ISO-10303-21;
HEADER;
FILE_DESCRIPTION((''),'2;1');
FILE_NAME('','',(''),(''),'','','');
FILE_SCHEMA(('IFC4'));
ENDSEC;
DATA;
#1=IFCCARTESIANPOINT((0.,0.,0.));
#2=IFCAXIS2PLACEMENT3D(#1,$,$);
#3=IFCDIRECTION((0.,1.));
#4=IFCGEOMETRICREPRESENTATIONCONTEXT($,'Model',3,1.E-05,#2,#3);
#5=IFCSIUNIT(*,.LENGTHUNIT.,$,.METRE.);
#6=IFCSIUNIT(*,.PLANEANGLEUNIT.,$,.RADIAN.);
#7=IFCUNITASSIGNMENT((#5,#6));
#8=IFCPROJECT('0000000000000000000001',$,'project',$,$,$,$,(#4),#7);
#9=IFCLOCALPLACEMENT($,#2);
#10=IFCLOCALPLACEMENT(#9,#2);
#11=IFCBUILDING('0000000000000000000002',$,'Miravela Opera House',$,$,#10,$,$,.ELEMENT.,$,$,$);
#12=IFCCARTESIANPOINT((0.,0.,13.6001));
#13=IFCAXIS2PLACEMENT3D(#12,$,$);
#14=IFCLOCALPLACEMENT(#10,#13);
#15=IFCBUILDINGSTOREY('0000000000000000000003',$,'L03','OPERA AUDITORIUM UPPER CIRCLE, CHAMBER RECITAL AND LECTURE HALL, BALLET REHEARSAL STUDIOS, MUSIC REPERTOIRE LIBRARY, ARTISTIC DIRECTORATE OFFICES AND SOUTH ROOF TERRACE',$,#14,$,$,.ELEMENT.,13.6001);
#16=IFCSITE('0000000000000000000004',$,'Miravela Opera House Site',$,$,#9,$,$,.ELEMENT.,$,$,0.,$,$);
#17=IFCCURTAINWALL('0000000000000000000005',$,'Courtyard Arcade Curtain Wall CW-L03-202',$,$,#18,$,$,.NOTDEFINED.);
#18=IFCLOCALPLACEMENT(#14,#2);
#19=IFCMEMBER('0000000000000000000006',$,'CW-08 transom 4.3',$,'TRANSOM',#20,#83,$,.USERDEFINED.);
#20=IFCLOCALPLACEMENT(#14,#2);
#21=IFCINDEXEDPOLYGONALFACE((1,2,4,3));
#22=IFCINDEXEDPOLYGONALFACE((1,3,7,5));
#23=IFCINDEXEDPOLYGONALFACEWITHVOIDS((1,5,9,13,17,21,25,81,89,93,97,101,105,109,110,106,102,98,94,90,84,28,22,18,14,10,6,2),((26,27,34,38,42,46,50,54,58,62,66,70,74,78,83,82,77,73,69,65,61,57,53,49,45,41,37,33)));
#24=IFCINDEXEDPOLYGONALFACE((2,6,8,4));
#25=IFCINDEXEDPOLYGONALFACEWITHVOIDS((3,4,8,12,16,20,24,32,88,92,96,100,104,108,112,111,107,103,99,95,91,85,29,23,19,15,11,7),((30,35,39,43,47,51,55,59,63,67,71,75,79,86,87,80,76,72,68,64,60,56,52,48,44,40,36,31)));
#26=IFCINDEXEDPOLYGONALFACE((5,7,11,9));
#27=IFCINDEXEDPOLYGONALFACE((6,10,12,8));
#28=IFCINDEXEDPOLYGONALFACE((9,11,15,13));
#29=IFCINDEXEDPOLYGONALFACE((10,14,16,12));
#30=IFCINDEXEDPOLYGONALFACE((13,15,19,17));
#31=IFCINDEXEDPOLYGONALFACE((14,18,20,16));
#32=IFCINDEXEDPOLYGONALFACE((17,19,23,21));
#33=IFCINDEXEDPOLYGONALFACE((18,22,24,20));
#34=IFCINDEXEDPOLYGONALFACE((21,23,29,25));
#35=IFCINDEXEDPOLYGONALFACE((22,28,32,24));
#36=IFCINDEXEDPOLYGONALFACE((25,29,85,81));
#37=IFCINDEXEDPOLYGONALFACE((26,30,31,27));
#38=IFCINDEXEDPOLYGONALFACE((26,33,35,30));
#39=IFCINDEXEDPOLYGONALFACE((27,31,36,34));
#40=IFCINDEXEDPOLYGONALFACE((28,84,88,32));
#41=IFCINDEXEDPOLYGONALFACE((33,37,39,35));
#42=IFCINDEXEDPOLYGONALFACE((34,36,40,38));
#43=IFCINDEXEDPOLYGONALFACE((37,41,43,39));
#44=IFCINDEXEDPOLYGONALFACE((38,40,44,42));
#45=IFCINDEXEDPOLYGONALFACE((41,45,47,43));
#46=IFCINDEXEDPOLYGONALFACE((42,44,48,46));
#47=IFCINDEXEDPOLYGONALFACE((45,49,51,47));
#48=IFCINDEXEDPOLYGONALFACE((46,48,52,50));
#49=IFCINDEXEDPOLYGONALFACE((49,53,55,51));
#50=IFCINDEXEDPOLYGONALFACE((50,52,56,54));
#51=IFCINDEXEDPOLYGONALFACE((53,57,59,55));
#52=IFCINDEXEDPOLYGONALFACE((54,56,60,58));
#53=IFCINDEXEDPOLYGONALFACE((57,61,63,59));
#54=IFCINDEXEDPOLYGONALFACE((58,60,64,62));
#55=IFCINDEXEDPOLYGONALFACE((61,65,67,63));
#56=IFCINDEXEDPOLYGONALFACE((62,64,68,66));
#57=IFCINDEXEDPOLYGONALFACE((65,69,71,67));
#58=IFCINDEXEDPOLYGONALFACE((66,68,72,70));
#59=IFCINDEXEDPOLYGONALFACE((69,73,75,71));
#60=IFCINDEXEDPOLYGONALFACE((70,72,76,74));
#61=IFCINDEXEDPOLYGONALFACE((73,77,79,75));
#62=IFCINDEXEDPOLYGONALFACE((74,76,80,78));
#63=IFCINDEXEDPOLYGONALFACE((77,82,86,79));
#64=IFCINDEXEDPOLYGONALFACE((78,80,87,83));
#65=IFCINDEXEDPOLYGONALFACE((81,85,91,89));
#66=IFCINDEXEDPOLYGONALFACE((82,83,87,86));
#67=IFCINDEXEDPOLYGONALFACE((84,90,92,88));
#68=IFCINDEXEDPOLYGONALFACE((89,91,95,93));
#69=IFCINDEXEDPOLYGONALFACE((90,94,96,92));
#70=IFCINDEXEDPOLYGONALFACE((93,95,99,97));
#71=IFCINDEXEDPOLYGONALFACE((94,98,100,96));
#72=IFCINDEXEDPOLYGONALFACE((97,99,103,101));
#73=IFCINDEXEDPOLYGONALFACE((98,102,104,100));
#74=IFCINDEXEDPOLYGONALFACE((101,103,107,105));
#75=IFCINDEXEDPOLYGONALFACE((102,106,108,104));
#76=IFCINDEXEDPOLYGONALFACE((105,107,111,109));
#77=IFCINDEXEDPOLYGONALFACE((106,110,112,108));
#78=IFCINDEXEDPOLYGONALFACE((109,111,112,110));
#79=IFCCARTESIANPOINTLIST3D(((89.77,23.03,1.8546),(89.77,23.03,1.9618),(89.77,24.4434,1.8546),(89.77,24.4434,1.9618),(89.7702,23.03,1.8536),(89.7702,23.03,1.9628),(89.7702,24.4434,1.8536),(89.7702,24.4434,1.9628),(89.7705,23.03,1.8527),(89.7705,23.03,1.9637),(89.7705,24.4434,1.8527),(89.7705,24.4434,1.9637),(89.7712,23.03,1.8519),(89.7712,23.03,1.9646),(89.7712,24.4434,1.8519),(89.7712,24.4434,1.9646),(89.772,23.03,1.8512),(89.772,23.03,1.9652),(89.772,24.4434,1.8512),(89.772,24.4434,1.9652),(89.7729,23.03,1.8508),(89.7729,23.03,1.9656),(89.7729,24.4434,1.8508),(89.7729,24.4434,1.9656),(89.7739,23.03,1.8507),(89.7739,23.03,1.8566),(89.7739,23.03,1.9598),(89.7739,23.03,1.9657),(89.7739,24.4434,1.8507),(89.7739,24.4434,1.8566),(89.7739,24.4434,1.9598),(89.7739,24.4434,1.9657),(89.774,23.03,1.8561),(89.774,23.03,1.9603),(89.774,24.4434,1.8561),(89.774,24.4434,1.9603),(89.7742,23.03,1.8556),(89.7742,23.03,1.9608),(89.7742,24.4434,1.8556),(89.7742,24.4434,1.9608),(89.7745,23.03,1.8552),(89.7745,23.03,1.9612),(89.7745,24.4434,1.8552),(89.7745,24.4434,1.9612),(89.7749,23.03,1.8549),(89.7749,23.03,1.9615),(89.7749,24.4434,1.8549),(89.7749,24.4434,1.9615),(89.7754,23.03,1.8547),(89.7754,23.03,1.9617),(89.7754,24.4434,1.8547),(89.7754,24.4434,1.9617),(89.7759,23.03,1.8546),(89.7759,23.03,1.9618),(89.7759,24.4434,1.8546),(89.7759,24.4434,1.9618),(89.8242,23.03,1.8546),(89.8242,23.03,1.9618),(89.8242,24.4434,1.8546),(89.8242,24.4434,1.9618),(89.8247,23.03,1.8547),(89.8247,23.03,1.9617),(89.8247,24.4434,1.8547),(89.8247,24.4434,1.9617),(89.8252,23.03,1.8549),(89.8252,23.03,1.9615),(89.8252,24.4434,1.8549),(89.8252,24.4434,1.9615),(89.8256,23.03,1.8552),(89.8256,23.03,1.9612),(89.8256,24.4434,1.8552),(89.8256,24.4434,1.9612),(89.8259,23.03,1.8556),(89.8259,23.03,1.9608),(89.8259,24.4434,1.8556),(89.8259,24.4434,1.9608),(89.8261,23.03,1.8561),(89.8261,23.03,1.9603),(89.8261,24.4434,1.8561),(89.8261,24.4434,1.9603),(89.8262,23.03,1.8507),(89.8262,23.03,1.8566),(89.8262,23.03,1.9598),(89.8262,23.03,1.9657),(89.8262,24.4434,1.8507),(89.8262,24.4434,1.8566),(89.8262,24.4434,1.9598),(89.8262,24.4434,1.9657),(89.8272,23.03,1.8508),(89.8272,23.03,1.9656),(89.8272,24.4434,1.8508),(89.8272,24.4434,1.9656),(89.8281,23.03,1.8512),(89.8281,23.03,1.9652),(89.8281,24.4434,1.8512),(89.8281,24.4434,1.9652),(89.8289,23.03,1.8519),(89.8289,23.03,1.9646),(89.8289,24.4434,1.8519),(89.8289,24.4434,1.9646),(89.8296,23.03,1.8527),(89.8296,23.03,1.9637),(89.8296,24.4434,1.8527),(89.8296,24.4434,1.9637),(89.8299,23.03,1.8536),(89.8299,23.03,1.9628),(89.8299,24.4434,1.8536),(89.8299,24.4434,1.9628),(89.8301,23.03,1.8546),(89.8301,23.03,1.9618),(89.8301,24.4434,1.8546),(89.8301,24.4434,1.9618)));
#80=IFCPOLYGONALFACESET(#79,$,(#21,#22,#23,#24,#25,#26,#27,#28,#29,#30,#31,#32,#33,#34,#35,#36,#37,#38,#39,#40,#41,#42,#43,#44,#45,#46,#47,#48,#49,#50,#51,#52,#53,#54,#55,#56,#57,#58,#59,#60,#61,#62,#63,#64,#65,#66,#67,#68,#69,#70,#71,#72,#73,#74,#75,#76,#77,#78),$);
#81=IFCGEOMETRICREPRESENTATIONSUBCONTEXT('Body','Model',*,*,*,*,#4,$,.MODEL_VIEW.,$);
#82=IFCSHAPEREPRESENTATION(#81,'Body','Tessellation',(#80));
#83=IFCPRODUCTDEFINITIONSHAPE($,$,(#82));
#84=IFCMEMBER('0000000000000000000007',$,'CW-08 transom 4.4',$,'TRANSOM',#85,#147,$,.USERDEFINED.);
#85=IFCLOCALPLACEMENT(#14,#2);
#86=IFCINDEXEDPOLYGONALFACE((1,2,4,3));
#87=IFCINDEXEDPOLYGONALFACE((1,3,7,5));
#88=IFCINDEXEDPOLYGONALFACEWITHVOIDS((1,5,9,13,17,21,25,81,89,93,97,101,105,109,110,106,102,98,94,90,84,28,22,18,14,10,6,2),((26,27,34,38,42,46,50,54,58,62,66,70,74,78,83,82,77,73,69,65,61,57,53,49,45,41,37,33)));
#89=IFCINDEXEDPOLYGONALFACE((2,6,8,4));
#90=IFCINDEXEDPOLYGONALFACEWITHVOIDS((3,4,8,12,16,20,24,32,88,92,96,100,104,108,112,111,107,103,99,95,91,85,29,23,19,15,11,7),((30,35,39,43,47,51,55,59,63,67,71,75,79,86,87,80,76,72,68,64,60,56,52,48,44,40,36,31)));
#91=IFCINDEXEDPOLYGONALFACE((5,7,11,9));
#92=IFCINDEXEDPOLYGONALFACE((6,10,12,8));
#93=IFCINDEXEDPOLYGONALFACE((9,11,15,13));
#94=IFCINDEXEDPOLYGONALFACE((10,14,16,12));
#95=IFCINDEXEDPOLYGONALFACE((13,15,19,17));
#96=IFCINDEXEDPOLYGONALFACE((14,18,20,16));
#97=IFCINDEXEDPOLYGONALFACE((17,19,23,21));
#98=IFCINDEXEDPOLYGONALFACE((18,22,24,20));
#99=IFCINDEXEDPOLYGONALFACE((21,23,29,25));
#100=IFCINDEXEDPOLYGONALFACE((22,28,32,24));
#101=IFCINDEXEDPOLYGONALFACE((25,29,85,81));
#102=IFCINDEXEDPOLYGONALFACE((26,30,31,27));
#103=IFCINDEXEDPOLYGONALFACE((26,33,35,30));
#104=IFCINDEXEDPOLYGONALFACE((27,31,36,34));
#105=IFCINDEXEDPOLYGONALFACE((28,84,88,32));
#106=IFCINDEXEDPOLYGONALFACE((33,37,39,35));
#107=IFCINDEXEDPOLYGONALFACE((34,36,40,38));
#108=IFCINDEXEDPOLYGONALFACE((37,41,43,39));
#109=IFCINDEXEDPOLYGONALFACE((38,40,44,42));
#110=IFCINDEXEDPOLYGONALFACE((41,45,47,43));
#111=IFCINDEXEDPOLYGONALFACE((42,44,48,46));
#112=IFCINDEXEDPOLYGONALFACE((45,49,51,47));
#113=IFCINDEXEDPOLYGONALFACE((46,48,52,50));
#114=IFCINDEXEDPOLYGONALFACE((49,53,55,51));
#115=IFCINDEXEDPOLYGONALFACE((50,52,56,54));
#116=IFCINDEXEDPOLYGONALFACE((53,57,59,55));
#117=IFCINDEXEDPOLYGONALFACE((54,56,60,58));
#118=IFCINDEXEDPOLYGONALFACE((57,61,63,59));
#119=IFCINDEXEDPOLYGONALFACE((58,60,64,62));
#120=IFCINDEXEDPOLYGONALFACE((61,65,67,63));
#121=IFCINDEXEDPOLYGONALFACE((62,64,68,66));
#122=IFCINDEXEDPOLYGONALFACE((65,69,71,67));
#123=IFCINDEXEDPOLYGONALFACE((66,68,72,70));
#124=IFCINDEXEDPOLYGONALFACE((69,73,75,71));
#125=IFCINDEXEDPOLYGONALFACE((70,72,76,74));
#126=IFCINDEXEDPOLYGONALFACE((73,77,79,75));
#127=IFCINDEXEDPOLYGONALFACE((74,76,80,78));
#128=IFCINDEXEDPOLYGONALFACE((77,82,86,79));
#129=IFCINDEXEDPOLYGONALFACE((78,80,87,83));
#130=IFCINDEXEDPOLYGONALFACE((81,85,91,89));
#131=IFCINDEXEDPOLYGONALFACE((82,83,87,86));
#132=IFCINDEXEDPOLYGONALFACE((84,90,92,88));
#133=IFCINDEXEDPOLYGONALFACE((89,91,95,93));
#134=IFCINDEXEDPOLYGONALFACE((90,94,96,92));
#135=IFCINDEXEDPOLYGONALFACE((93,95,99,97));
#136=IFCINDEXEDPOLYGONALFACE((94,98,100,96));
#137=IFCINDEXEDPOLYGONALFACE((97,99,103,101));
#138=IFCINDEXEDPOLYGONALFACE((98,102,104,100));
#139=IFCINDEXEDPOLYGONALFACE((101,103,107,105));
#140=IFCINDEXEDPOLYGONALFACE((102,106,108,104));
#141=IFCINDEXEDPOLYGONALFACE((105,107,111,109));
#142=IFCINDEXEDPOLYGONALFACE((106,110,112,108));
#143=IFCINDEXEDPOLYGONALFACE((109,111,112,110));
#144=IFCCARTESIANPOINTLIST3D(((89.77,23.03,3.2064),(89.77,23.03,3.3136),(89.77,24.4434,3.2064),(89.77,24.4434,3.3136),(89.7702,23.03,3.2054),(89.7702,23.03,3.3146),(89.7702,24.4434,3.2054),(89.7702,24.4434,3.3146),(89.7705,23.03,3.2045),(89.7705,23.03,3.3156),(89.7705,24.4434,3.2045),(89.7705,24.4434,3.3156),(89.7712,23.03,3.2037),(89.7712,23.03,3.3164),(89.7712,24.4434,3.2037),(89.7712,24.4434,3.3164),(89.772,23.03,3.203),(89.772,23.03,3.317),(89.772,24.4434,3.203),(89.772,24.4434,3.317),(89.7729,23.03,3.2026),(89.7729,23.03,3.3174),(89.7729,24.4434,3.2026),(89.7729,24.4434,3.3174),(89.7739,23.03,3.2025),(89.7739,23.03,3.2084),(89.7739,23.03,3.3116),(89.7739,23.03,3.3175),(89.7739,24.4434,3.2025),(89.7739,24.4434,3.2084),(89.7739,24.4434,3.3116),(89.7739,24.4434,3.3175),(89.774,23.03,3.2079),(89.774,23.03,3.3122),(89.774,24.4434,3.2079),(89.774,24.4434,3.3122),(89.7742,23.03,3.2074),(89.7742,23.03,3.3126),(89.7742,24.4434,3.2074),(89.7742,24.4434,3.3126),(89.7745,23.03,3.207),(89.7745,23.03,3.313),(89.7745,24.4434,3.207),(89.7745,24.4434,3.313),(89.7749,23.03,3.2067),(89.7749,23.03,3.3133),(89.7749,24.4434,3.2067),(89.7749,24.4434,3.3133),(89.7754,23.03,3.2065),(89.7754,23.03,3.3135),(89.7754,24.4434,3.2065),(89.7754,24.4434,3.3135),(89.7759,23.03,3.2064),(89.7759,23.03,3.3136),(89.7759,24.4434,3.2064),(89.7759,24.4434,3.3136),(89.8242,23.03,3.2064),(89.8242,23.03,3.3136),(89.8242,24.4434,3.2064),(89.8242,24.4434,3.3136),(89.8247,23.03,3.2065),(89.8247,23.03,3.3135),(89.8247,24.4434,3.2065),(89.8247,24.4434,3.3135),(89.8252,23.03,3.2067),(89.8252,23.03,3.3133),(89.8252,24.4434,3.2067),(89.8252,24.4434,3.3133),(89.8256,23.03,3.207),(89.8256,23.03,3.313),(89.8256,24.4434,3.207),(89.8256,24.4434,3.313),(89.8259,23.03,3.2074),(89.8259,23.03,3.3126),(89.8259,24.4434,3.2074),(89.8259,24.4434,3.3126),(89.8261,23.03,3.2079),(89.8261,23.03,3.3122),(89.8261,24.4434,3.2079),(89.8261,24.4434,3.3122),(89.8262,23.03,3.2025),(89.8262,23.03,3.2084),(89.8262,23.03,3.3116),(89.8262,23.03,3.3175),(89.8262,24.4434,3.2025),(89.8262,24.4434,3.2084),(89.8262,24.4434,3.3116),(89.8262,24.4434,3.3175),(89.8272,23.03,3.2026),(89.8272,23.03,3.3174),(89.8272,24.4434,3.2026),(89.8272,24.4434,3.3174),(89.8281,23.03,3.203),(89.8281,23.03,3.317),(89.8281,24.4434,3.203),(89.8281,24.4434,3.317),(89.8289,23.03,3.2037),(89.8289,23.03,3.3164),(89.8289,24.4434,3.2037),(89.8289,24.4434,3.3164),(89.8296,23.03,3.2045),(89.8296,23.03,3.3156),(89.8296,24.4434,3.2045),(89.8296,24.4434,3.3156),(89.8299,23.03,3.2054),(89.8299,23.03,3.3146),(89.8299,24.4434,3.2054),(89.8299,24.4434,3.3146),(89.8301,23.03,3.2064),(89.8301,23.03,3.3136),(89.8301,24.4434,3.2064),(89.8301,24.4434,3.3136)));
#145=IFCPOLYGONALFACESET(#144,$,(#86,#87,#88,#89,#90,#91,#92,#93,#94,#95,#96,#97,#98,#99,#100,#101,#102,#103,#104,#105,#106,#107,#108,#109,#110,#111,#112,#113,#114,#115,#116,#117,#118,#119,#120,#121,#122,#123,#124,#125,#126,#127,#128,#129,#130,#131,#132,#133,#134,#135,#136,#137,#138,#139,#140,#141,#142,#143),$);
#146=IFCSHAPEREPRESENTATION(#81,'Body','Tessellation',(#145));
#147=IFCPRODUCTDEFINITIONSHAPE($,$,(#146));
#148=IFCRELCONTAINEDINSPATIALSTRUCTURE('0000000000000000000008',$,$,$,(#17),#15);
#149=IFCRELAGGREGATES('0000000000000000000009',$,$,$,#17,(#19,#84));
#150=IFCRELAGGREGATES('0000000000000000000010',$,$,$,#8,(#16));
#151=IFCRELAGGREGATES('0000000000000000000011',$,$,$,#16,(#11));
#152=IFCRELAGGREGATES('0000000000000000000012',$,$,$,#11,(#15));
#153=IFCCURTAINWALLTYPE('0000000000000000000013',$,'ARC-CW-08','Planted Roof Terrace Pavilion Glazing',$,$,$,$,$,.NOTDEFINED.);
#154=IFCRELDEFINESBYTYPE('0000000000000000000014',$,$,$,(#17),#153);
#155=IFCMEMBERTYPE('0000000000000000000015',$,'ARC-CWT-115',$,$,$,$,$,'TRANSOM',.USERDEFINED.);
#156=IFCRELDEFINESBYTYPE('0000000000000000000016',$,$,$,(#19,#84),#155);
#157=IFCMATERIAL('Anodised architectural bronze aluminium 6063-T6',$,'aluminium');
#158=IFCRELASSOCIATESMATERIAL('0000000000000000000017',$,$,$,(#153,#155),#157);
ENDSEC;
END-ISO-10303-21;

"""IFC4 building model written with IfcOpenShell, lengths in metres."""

from ifc_helpers import new_model, si_unit, direction, frame, origin, origin_2d, place, context, subcontext, project, spatial, hollow_rectangle, extrude, material, material_profile, profile_set, type_object, element, aggregate, save


model = new_model("IFC4")

# Units and contexts
model_context = context("Model", 3, precision=1e-05, world=origin(), true_north=direction((0.0, 1.0)))
body_context = subcontext(model_context, "Body", "Model", "MODEL_VIEW")
ifc_project = project(units=[si_unit("LENGTHUNIT", "METRE"), si_unit("PLANEANGLEUNIT", "RADIAN")], contexts=[model_context])

# Site, building, storey
site_placement = place(None, origin())
site = spatial("IfcSite", under=ifc_project, at=site_placement, Name="Miravela Opera House Site", CompositionType="ELEMENT", RefElevation=0.0)
building_placement = place(site_placement, origin())
building = spatial("IfcBuilding", under=site, at=building_placement, Name="Miravela Opera House", CompositionType="ELEMENT")
storey_placement = place(building_placement, frame((0.0, 0.0, 13.6001)))
storey = spatial("IfcBuildingStorey", under=building, at=storey_placement, Name="L03", Description="OPERA AUDITORIUM UPPER CIRCLE, CHAMBER RECITAL AND LECTURE HALL, BALLET REHEARSAL STUDIOS, MUSIC REPERTOIRE LIBRARY, ARTISTIC DIRECTORATE OFFICES AND SOUTH ROOF TERRACE", CompositionType="ELEMENT", Elevation=13.6001)

# Curtain wall, members
ifc_material_1 = material(Name="Anodised architectural bronze aluminium 6063-T6", Category="aluminium")
curtain_wall_type = type_object("IfcCurtainWallType", Name="ARC-CW-08", Description="Planted Roof Terrace Pavilion Glazing", PredefinedType="NOTDEFINED", material=ifc_material_1)
curtain_wall_placement = place(storey_placement, origin())
curtain_wall = element("IfcCurtainWall", 1, at=curtain_wall_placement, inside=storey, type_object=curtain_wall_type, Name="Courtyard Arcade Curtain Wall CW-L03-202", PredefinedType="NOTDEFINED")
ifc_material_profile_1 = material_profile(ifc_material_1, hollow_rectangle(XDim=0.0601, YDim=0.115, WallThickness=0.0039, InnerFilletRadius=0.002, OuterFilletRadius=0.0039, at=origin_2d()), Name="CWT-60X115")
ifc_profile_set_1 = profile_set([ifc_material_profile_1])
member_type_1 = type_object("IfcMemberType", Name="ARC-CWT-115", ElementType="TRANSOM", PredefinedType="USERDEFINED", material=ifc_profile_set_1)
member_1_placement = place(storey_placement, frame((89.8, 23.03, 1.9082), z_axis=(0.0, 1.0, 0.0), x_axis=(-1.0, 0.0, 0.0)))
member_1 = element("IfcMember", 2, at=member_1_placement, type_object=member_type_1, Name="CW-08 transom 4.3", ObjectType="TRANSOM", PredefinedType="USERDEFINED", context=body_context, shape_type="SweptSolid", body=[
    extrude(hollow_rectangle(XDim=0.0601, YDim=0.115, WallThickness=0.0039, InnerFilletRadius=0.002, OuterFilletRadius=0.0039, at=origin_2d()), origin(), (0.0, 0.0, 1.0), 1.4133),
])
member_2_placement = place(storey_placement, frame((89.8, 23.03, 3.26), z_axis=(0.0, 1.0, 0.0), x_axis=(-1.0, 0.0, 0.0)))
member_2 = element("IfcMember", 3, at=member_2_placement, type_object=member_type_1, Name="CW-08 transom 4.4", ObjectType="TRANSOM", PredefinedType="USERDEFINED", context=body_context, shape_type="SweptSolid", body=[
    extrude(hollow_rectangle(XDim=0.0601, YDim=0.115, WallThickness=0.0039, InnerFilletRadius=0.002, OuterFilletRadius=0.0039, at=origin_2d()), origin(), (0.0, 0.0, 1.0), 1.4133),
])

aggregate(curtain_wall, [member_1, member_2])

save(model, "model.ifc")
